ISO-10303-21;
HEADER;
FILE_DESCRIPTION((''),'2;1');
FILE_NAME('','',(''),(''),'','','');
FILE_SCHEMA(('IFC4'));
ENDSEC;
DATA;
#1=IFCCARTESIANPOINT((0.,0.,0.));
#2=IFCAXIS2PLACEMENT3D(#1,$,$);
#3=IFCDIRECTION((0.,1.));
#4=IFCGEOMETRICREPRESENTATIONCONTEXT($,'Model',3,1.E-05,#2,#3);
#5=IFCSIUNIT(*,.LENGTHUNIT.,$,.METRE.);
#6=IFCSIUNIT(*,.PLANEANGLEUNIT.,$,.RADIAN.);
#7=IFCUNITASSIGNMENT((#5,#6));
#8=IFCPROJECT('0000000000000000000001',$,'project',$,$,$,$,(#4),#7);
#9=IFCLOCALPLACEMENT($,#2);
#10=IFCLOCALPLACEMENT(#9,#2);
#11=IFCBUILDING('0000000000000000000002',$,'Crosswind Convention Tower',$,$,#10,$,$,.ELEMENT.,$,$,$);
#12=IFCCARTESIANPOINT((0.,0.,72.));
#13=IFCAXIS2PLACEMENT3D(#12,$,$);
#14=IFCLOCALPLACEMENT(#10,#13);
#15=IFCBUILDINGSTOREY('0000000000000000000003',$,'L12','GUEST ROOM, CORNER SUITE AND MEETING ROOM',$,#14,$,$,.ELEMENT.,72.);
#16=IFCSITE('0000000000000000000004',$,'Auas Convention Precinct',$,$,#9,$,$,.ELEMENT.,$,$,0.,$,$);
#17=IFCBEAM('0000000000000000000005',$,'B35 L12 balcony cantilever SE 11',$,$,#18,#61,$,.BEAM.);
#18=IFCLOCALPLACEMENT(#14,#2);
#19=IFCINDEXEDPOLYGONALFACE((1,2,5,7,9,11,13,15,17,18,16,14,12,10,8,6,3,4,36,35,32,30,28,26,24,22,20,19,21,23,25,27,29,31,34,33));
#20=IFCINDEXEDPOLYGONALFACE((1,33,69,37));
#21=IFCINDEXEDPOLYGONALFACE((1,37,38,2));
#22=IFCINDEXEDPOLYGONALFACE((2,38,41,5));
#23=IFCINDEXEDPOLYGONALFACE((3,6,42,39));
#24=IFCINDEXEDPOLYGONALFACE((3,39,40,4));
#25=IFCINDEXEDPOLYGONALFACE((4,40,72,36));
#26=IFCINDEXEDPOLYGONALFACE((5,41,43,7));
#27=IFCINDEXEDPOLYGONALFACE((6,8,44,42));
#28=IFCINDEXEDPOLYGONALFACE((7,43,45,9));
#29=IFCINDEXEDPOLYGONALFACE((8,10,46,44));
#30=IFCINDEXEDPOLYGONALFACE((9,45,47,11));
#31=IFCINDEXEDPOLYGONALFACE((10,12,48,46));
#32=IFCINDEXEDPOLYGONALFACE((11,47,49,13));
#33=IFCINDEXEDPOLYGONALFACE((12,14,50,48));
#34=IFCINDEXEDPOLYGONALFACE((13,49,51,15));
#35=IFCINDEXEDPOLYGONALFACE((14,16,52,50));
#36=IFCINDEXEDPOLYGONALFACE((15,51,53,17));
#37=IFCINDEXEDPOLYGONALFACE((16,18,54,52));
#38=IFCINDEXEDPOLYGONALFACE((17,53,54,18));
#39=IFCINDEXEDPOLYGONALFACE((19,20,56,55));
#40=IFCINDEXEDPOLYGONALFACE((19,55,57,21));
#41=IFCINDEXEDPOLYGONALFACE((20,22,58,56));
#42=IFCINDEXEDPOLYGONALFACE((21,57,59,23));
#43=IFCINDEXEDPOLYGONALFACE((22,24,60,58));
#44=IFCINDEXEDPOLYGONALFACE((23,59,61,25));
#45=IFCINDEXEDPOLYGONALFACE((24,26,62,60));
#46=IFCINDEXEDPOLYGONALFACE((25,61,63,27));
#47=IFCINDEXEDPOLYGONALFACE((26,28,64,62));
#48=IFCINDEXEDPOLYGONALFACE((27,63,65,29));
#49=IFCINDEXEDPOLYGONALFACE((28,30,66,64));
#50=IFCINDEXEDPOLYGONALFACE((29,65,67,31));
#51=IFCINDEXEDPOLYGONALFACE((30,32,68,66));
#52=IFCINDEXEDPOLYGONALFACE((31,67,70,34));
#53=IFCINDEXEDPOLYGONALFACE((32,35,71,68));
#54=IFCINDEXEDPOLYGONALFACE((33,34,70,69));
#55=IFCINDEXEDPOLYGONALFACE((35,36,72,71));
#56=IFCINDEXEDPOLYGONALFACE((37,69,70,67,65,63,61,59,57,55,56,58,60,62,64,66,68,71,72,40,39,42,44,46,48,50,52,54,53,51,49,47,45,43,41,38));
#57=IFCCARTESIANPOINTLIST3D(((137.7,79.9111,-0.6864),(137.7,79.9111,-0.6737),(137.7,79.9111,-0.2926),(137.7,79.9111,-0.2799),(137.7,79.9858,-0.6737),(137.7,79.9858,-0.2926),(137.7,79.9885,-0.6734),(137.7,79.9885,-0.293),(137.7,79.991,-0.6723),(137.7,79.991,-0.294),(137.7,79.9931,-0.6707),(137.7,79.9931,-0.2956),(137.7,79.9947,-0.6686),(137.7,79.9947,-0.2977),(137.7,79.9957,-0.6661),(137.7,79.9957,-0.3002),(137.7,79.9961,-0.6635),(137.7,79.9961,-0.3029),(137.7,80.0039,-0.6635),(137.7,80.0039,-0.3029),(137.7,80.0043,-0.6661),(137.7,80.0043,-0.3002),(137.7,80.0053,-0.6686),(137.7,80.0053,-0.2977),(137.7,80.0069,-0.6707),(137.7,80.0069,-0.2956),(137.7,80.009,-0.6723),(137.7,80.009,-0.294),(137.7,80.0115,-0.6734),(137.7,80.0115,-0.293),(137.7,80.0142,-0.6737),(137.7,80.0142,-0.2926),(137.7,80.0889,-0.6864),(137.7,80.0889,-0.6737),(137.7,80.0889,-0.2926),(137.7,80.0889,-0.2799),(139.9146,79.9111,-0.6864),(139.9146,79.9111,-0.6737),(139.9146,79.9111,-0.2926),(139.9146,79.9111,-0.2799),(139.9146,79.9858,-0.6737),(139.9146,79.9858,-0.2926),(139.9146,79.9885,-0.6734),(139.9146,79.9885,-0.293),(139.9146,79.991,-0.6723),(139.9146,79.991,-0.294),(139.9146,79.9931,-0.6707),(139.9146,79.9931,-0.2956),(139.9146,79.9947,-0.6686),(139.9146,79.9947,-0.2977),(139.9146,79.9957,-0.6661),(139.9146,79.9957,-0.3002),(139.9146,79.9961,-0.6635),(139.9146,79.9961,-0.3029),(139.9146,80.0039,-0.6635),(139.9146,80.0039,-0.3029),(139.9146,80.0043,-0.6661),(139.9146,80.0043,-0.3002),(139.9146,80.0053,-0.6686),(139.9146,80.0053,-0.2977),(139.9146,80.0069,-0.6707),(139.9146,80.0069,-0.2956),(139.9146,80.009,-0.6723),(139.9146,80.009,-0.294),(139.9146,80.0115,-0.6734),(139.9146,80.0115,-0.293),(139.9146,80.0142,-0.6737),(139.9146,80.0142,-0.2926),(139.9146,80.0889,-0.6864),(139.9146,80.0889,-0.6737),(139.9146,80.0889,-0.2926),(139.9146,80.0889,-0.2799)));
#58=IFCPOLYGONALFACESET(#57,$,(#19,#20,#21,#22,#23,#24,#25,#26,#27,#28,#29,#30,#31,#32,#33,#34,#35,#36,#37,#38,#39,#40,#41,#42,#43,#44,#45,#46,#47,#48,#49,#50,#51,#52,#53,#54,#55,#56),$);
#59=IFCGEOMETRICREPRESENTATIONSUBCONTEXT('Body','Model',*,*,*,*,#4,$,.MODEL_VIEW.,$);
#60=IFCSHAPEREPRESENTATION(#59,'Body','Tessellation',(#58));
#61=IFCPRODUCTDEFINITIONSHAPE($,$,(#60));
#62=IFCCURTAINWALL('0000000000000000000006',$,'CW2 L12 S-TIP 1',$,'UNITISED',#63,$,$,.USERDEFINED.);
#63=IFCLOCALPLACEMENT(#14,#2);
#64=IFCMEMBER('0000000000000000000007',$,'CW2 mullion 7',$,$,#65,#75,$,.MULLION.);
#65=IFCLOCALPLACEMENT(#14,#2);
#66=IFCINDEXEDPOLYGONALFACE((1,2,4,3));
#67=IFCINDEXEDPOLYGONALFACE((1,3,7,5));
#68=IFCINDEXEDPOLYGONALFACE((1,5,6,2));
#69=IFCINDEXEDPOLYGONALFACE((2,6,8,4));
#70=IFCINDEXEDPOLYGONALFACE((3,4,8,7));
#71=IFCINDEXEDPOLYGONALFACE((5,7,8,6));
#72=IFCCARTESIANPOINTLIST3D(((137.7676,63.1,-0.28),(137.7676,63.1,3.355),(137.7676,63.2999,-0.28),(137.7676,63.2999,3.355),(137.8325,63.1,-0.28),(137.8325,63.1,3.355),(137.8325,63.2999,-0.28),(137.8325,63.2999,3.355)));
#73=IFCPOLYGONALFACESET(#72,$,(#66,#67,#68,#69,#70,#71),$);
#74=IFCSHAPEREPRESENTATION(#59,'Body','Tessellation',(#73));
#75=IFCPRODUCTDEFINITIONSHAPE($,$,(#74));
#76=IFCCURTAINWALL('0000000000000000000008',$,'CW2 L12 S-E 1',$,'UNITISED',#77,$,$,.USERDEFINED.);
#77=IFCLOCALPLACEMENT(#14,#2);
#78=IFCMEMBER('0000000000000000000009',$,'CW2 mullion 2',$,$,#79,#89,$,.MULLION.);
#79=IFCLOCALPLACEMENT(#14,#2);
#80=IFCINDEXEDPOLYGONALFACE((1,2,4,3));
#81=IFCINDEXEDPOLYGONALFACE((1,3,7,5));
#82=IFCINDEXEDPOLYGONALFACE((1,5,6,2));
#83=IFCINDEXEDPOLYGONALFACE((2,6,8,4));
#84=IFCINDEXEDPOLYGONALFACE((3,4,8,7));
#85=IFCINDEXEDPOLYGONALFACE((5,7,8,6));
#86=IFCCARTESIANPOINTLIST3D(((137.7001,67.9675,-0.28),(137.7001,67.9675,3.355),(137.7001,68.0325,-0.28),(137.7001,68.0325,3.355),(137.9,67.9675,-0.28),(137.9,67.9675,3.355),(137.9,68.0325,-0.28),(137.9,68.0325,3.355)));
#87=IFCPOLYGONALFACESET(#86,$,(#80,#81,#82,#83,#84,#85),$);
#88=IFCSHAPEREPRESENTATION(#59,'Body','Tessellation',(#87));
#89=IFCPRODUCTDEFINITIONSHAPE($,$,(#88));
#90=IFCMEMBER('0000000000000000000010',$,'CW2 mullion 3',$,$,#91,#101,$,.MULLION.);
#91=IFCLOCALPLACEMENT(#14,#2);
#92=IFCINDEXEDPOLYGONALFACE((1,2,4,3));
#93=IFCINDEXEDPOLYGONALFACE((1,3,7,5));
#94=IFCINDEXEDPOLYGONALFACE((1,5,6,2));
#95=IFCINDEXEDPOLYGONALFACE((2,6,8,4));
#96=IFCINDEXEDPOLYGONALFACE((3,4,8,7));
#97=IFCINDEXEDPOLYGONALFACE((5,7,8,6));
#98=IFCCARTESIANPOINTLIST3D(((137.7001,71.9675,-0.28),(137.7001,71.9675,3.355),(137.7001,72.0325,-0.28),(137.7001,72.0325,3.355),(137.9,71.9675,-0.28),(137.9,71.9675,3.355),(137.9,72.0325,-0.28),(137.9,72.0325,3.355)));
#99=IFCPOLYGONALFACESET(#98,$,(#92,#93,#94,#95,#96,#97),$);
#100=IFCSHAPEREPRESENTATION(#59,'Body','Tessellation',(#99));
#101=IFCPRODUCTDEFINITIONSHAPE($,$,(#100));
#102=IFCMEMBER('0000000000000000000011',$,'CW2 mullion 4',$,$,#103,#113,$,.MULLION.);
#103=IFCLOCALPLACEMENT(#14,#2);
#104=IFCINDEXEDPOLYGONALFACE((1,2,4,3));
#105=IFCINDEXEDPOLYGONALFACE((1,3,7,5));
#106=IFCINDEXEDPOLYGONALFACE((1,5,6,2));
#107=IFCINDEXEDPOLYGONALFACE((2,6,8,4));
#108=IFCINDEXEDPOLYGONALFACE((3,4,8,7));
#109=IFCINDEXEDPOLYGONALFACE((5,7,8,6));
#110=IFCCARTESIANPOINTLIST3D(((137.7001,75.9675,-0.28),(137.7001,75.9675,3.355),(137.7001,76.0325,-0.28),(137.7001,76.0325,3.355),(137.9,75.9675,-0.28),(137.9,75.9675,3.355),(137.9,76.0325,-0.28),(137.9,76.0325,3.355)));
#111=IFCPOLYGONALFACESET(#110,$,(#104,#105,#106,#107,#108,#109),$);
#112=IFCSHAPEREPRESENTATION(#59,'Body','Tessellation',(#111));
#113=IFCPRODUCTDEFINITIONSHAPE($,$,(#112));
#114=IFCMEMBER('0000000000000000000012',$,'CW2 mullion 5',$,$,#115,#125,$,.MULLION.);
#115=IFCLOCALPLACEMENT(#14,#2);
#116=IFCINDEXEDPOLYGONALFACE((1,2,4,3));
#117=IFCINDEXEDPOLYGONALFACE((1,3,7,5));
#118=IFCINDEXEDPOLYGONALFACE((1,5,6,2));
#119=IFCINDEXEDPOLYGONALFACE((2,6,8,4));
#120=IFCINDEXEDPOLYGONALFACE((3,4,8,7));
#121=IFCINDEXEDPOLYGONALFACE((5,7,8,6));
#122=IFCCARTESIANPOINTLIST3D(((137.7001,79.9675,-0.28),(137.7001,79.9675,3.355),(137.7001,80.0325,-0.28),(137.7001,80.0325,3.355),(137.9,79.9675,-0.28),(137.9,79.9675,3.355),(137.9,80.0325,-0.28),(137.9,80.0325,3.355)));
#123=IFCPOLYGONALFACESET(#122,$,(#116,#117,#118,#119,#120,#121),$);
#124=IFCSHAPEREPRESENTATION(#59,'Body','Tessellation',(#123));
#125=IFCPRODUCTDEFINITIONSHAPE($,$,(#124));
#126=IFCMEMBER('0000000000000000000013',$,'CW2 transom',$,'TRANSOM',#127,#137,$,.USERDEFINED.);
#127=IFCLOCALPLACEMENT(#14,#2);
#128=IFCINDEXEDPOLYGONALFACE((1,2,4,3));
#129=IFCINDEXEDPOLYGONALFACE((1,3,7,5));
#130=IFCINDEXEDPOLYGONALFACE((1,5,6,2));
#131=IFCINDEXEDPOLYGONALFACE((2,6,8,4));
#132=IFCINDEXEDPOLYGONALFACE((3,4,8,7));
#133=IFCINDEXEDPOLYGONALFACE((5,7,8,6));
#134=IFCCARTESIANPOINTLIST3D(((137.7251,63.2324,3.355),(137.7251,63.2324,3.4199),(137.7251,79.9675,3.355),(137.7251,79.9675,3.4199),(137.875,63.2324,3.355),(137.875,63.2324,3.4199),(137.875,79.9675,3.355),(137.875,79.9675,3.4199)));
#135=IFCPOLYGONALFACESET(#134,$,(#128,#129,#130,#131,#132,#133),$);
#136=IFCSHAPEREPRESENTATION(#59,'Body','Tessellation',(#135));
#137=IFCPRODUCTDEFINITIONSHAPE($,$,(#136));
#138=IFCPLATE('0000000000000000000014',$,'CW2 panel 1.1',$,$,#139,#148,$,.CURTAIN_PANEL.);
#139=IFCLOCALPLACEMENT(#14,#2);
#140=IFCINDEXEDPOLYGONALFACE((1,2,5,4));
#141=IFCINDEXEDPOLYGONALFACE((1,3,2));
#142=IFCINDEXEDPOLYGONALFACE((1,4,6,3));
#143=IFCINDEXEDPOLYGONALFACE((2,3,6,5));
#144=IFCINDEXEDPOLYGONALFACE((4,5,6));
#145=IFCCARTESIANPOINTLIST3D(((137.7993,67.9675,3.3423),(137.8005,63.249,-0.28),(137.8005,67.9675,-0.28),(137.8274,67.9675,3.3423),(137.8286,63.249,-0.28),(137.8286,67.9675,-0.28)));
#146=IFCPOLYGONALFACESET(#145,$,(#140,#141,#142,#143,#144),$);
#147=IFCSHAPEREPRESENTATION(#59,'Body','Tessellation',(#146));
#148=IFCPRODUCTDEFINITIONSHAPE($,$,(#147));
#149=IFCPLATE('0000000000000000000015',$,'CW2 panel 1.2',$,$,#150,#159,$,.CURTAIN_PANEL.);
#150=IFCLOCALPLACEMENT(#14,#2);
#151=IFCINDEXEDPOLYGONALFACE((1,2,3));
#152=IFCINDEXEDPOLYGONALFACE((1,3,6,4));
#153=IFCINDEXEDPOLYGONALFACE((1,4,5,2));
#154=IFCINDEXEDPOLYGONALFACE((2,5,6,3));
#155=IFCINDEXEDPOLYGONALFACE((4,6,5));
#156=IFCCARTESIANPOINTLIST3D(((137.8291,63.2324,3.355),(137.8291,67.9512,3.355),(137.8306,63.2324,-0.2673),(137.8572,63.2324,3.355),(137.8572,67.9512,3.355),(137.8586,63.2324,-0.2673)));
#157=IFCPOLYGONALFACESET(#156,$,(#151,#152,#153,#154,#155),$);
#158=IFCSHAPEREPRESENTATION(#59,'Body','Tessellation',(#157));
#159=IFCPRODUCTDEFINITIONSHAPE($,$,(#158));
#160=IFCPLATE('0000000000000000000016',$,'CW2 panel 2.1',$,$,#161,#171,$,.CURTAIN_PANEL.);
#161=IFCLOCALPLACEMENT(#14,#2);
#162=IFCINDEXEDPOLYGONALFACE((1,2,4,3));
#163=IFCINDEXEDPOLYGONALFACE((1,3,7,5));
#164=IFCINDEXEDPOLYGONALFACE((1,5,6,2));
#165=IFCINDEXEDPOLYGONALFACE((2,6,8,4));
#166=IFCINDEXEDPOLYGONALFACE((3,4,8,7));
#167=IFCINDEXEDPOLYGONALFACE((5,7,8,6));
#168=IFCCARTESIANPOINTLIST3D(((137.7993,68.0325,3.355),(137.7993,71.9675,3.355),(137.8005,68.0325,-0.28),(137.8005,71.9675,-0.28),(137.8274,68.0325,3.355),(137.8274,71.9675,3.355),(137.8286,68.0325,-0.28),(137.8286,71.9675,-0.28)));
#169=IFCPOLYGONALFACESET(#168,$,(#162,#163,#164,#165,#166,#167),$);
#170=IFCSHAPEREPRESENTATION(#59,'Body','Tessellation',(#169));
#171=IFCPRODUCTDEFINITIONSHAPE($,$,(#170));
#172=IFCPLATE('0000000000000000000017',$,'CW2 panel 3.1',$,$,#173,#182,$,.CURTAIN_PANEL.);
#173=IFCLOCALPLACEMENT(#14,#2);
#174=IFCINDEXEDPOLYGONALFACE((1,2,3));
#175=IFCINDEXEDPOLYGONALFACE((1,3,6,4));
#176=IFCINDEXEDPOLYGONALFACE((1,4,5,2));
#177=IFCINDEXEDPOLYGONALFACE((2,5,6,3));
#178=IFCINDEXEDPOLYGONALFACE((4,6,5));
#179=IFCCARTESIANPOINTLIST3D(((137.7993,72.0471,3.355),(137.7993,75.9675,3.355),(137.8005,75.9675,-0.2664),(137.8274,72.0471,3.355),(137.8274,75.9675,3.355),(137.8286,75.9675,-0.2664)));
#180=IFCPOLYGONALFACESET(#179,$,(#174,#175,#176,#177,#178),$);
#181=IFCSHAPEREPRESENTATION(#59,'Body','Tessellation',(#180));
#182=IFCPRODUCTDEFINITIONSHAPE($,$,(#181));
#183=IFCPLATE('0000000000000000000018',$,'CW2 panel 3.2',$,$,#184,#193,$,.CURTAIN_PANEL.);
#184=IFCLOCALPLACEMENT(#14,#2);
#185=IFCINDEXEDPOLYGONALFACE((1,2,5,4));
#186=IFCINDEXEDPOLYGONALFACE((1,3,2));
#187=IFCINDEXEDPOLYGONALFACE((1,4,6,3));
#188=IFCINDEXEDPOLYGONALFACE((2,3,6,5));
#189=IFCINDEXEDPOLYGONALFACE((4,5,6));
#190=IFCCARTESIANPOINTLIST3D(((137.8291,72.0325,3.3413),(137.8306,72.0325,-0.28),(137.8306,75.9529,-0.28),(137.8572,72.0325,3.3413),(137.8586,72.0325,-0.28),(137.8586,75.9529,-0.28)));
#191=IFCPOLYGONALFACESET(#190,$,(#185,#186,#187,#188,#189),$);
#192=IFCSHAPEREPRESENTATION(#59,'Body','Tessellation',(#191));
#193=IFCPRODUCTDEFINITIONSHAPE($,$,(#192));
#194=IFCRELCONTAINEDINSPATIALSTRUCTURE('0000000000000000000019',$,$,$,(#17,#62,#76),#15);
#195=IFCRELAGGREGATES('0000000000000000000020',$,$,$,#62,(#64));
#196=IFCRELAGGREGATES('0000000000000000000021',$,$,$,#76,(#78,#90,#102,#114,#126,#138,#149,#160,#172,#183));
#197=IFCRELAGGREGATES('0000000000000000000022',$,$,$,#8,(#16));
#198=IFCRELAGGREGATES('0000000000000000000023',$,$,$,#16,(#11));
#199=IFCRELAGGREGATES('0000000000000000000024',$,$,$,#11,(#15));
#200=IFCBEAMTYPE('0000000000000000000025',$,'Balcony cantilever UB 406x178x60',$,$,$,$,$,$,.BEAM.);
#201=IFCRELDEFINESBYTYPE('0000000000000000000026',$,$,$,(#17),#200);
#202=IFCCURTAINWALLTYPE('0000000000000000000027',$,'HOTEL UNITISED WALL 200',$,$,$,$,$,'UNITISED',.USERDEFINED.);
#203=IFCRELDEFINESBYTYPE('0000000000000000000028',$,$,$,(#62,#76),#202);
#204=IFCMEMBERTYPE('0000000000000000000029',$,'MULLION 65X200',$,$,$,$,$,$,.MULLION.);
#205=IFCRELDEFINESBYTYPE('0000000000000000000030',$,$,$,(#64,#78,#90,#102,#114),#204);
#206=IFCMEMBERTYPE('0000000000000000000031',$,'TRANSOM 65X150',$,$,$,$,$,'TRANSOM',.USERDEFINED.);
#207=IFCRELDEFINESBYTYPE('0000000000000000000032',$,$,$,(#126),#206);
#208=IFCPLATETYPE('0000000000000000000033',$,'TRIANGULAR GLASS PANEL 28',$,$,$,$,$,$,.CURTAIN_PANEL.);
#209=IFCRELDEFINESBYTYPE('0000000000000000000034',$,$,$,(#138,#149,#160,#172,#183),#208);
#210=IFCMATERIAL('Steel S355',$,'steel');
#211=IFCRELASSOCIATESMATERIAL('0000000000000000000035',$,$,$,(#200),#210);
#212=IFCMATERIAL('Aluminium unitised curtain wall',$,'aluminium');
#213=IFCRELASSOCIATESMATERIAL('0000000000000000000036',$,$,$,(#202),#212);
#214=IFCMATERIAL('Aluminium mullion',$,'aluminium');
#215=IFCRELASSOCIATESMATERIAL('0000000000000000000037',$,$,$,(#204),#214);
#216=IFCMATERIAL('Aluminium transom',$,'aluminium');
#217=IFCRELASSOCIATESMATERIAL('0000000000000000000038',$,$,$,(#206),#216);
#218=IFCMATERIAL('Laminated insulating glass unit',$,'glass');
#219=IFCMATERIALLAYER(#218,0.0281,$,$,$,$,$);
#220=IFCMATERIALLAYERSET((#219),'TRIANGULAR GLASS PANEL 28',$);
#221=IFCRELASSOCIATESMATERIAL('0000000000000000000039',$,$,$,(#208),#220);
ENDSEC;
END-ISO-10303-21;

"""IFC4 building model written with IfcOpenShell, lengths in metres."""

from ifc_helpers import new_model, si_unit, direction, frame, origin, origin_2d, place, context, subcontext, project, spatial, polyline, rectangle, i_section, outline, extrude, material, layer, layer_set, material_profile, profile_set, type_object, element, aggregate, save


model = new_model("IFC4")

# Units and contexts
model_context = context("Model", 3, precision=1e-05, world=origin(), true_north=direction((0.0, 1.0)))
body_context = subcontext(model_context, "Body", "Model", "MODEL_VIEW")
ifc_project = project(units=[si_unit("LENGTHUNIT", "METRE"), si_unit("PLANEANGLEUNIT", "RADIAN")], contexts=[model_context])

# Site, building, storey
site_placement = place(None, origin())
site = spatial("IfcSite", under=ifc_project, at=site_placement, Name="Auas Convention Precinct", CompositionType="ELEMENT", RefElevation=0.0)
building_placement = place(site_placement, origin())
building = spatial("IfcBuilding", under=site, at=building_placement, Name="Crosswind Convention Tower", CompositionType="ELEMENT")
storey_placement = place(building_placement, frame((0.0, 0.0, 72.0)))
storey = spatial("IfcBuildingStorey", under=building, at=storey_placement, Name="L12", Description="GUEST ROOM, CORNER SUITE AND MEETING ROOM", CompositionType="ELEMENT", Elevation=72.0)

# Beam
ifc_material_1 = material(Name="Steel S355", Category="steel")
ifc_material_profile_1 = material_profile(ifc_material_1, i_section(OverallWidth=0.1777, OverallDepth=0.4065, WebThickness=0.0078, FlangeThickness=0.0127, FilletRadius=0.0103, at=origin_2d()), Name="UB 406x178x60")
ifc_profile_set_1 = profile_set([ifc_material_profile_1], Name="Steel S355")
beam_type = type_object("IfcBeamType", Name="Balcony cantilever UB 406x178x60", PredefinedType="BEAM", material=ifc_profile_set_1)
beam_placement = place(storey_placement, frame((137.7, 80.0, -0.4832), z_axis=(1.0, 0.0, 0.0), x_axis=(0.0, 1.0, 0.0)))
element("IfcBeam", 1, at=beam_placement, inside=storey, type_object=beam_type, Name="B35 L12 balcony cantilever SE 11", PredefinedType="BEAM", context=body_context, shape_type="SweptSolid", body=[
    extrude(i_section(OverallWidth=0.1777, OverallDepth=0.4065, WebThickness=0.0078, FlangeThickness=0.0127, FilletRadius=0.0103, at=origin_2d()), origin(), (0.0, 0.0, 1.0), 2.2146),
])

# Curtain wall, member
ifc_material_2 = material(Name="Aluminium unitised curtain wall", Category="aluminium")
curtain_wall_type = type_object("IfcCurtainWallType", Name="HOTEL UNITISED WALL 200", ElementType="UNITISED", PredefinedType="USERDEFINED", material=ifc_material_2)
curtain_wall_1_placement = place(storey_placement, origin())
curtain_wall_1 = element("IfcCurtainWall", 2, at=curtain_wall_1_placement, inside=storey, type_object=curtain_wall_type, Name="CW2 L12 S-TIP 1", ObjectType="UNITISED", PredefinedType="USERDEFINED")
ifc_material_3 = material(Name="Aluminium mullion", Category="aluminium")
ifc_material_profile_2 = material_profile(ifc_material_3, rectangle(XDim=0.2, YDim=0.0649, at=origin_2d()), Name="AL 200X65")
ifc_profile_set_2 = profile_set([ifc_material_profile_2], Name="Aluminium mullion")
member_type_1 = type_object("IfcMemberType", Name="MULLION 65X200", PredefinedType="MULLION", material=ifc_profile_set_2)
member_1_placement = place(storey_placement, frame((137.8, 63.2, -0.28), z_axis=(0.0, 0.0, 1.0), x_axis=(0.0, -1.0, 0.0)))
member_1 = element("IfcMember", 3, at=member_1_placement, type_object=member_type_1, Name="CW2 mullion 7", PredefinedType="MULLION", context=body_context, shape_type="SweptSolid", body=[
    extrude(rectangle(XDim=0.2, YDim=0.0649, at=origin_2d()), origin(), (0.0, 0.0, 1.0), 3.635),
])
aggregate(curtain_wall_1, [member_1])

# Curtain wall, members, plates
curtain_wall_2_placement = place(storey_placement, origin())
curtain_wall_2 = element("IfcCurtainWall", 4, at=curtain_wall_2_placement, inside=storey, type_object=curtain_wall_type, Name="CW2 L12 S-E 1", ObjectType="UNITISED", PredefinedType="USERDEFINED")
member_2_placement = place(storey_placement, frame((137.8, 68.0, -0.28), z_axis=(0.0, 0.0, 1.0), x_axis=(1.0, 0.0, 0.0)))
member_2 = element("IfcMember", 5, at=member_2_placement, type_object=member_type_1, Name="CW2 mullion 2", PredefinedType="MULLION", context=body_context, shape_type="SweptSolid", body=[
    extrude(rectangle(XDim=0.2, YDim=0.0649, at=origin_2d()), origin(), (0.0, 0.0, 1.0), 3.635),
])
member_3_placement = place(storey_placement, frame((137.8, 72.0, -0.28), z_axis=(0.0, 0.0, 1.0), x_axis=(1.0, 0.0, 0.0)))
member_3 = element("IfcMember", 6, at=member_3_placement, type_object=member_type_1, Name="CW2 mullion 3", PredefinedType="MULLION", context=body_context, shape_type="SweptSolid", body=[
    extrude(rectangle(XDim=0.2, YDim=0.0649, at=origin_2d()), origin(), (0.0, 0.0, 1.0), 3.635),
])
member_4_placement = place(storey_placement, frame((137.8, 76.0, -0.28), z_axis=(0.0, 0.0, 1.0), x_axis=(1.0, 0.0, 0.0)))
member_4 = element("IfcMember", 7, at=member_4_placement, type_object=member_type_1, Name="CW2 mullion 4", PredefinedType="MULLION", context=body_context, shape_type="SweptSolid", body=[
    extrude(rectangle(XDim=0.2, YDim=0.0649, at=origin_2d()), origin(), (0.0, 0.0, 1.0), 3.635),
])
member_5_placement = place(storey_placement, frame((137.8, 80.0, -0.28), z_axis=(0.0, 0.0, 1.0), x_axis=(1.0, 0.0, 0.0)))
member_5 = element("IfcMember", 8, at=member_5_placement, type_object=member_type_1, Name="CW2 mullion 5", PredefinedType="MULLION", context=body_context, shape_type="SweptSolid", body=[
    extrude(rectangle(XDim=0.2, YDim=0.0649, at=origin_2d()), origin(), (0.0, 0.0, 1.0), 3.635),
])
ifc_material_4 = material(Name="Aluminium transom", Category="aluminium")
ifc_material_profile_3 = material_profile(ifc_material_4, rectangle(XDim=0.1499, YDim=0.0649, at=origin_2d()), Name="AL 150X65")
ifc_profile_set_3 = profile_set([ifc_material_profile_3], Name="Aluminium transom")
member_type_2 = type_object("IfcMemberType", Name="TRANSOM 65X150", ElementType="TRANSOM", PredefinedType="USERDEFINED", material=ifc_profile_set_3)
member_6_placement = place(storey_placement, frame((137.8, 63.2324, 3.3875), z_axis=(0.0, 1.0, 0.0), x_axis=(-1.0, 0.0, 0.0)))
member_6 = element("IfcMember", 9, at=member_6_placement, type_object=member_type_2, Name="CW2 transom", ObjectType="TRANSOM", PredefinedType="USERDEFINED", context=body_context, shape_type="SweptSolid", body=[
    extrude(rectangle(XDim=0.1499, YDim=0.0649, at=origin_2d()), origin(), (0.0, 0.0, 1.0), 16.7351),
])
ifc_material_5 = material(Name="Laminated insulating glass unit", Category="glass")
ifc_layer_1 = layer(ifc_material_5, 0.0281)
ifc_layer_set_1 = layer_set([ifc_layer_1], Name="TRIANGULAR GLASS PANEL 28")
plate_type = type_object("IfcPlateType", Name="TRIANGULAR GLASS PANEL 28", PredefinedType="CURTAIN_PANEL", material=ifc_layer_set_1)
plate_1_placement = place(storey_placement, frame((137.8286, 67.9675, -0.28), z_axis=(1.0, 0.0, 0.000337), x_axis=(-0.000337, 0.0, 1.0)))
plate_1 = element("IfcPlate", 10, at=plate_1_placement, type_object=plate_type, Name="CW2 panel 1.1", PredefinedType="CURTAIN_PANEL", context=body_context, shape_type="SweptSolid", body=[
    extrude(outline(polyline([(0.0, 0.0), (3.6223, 0.0), (0.0, 4.7185), (0.0, 0.0)])), origin(), (0.0, 0.0, -1.0), 0.0281),
])
plate_2_placement = place(storey_placement, frame((137.8572, 63.2324, 3.355), z_axis=(1.0, 0.0, 0.000404), x_axis=(0.000404, 0.0, -1.0)))
plate_2 = element("IfcPlate", 11, at=plate_2_placement, type_object=plate_type, Name="CW2 panel 1.2", PredefinedType="CURTAIN_PANEL", context=body_context, shape_type="SweptSolid", body=[
    extrude(outline(polyline([(0.0, 0.0), (3.6223, 0.0), (0.0, 4.7188), (0.0, 0.0)])), origin(), (0.0, 0.0, -1.0), 0.0281),
])
plate_3_placement = place(storey_placement, frame((137.8286, 68.0325, -0.28), z_axis=(1.0, 0.0, 0.000336), x_axis=(0.0, 1.0, 0.0)))
plate_3 = element("IfcPlate", 12, at=plate_3_placement, type_object=plate_type, Name="CW2 panel 2.1", PredefinedType="CURTAIN_PANEL", context=body_context, shape_type="SweptSolid", body=[
    extrude(outline(polyline([(0.0, 0.0), (3.9351, 0.0), (3.9351, 3.635), (0.0, 3.635), (0.0, 0.0)])), origin(), (0.0, 0.0, -1.0), 0.0281),
])
plate_4_placement = place(storey_placement, frame((137.8274, 75.9675, 3.355), z_axis=(1.0, 0.0, 0.000337), x_axis=(0.0, -1.0, 0.0)))
plate_4 = element("IfcPlate", 13, at=plate_4_placement, type_object=plate_type, Name="CW2 panel 3.1", PredefinedType="CURTAIN_PANEL", context=body_context, shape_type="SweptSolid", body=[
    extrude(outline(polyline([(0.0, 0.0), (3.9204, 0.0), (0.0, 3.6213), (0.0, 0.0)])), origin(), (0.0, 0.0, -1.0), 0.0281),
])
plate_5_placement = place(storey_placement, frame((137.8586, 72.0325, -0.28), z_axis=(1.0, 0.0, 0.000405), x_axis=(0.0, 1.0, 0.0)))
plate_5 = element("IfcPlate", 14, at=plate_5_placement, type_object=plate_type, Name="CW2 panel 3.2", PredefinedType="CURTAIN_PANEL", context=body_context, shape_type="SweptSolid", body=[
    extrude(outline(polyline([(0.0, 0.0), (3.9204, 0.0), (0.0, 3.6213), (0.0, 0.0)])), origin(), (0.0, 0.0, -1.0), 0.0281),
])

aggregate(curtain_wall_2, [member_2, member_3, member_4, member_5, member_6, plate_1, plate_2, plate_3, plate_4, plate_5])

save(model, "model.ifc")
